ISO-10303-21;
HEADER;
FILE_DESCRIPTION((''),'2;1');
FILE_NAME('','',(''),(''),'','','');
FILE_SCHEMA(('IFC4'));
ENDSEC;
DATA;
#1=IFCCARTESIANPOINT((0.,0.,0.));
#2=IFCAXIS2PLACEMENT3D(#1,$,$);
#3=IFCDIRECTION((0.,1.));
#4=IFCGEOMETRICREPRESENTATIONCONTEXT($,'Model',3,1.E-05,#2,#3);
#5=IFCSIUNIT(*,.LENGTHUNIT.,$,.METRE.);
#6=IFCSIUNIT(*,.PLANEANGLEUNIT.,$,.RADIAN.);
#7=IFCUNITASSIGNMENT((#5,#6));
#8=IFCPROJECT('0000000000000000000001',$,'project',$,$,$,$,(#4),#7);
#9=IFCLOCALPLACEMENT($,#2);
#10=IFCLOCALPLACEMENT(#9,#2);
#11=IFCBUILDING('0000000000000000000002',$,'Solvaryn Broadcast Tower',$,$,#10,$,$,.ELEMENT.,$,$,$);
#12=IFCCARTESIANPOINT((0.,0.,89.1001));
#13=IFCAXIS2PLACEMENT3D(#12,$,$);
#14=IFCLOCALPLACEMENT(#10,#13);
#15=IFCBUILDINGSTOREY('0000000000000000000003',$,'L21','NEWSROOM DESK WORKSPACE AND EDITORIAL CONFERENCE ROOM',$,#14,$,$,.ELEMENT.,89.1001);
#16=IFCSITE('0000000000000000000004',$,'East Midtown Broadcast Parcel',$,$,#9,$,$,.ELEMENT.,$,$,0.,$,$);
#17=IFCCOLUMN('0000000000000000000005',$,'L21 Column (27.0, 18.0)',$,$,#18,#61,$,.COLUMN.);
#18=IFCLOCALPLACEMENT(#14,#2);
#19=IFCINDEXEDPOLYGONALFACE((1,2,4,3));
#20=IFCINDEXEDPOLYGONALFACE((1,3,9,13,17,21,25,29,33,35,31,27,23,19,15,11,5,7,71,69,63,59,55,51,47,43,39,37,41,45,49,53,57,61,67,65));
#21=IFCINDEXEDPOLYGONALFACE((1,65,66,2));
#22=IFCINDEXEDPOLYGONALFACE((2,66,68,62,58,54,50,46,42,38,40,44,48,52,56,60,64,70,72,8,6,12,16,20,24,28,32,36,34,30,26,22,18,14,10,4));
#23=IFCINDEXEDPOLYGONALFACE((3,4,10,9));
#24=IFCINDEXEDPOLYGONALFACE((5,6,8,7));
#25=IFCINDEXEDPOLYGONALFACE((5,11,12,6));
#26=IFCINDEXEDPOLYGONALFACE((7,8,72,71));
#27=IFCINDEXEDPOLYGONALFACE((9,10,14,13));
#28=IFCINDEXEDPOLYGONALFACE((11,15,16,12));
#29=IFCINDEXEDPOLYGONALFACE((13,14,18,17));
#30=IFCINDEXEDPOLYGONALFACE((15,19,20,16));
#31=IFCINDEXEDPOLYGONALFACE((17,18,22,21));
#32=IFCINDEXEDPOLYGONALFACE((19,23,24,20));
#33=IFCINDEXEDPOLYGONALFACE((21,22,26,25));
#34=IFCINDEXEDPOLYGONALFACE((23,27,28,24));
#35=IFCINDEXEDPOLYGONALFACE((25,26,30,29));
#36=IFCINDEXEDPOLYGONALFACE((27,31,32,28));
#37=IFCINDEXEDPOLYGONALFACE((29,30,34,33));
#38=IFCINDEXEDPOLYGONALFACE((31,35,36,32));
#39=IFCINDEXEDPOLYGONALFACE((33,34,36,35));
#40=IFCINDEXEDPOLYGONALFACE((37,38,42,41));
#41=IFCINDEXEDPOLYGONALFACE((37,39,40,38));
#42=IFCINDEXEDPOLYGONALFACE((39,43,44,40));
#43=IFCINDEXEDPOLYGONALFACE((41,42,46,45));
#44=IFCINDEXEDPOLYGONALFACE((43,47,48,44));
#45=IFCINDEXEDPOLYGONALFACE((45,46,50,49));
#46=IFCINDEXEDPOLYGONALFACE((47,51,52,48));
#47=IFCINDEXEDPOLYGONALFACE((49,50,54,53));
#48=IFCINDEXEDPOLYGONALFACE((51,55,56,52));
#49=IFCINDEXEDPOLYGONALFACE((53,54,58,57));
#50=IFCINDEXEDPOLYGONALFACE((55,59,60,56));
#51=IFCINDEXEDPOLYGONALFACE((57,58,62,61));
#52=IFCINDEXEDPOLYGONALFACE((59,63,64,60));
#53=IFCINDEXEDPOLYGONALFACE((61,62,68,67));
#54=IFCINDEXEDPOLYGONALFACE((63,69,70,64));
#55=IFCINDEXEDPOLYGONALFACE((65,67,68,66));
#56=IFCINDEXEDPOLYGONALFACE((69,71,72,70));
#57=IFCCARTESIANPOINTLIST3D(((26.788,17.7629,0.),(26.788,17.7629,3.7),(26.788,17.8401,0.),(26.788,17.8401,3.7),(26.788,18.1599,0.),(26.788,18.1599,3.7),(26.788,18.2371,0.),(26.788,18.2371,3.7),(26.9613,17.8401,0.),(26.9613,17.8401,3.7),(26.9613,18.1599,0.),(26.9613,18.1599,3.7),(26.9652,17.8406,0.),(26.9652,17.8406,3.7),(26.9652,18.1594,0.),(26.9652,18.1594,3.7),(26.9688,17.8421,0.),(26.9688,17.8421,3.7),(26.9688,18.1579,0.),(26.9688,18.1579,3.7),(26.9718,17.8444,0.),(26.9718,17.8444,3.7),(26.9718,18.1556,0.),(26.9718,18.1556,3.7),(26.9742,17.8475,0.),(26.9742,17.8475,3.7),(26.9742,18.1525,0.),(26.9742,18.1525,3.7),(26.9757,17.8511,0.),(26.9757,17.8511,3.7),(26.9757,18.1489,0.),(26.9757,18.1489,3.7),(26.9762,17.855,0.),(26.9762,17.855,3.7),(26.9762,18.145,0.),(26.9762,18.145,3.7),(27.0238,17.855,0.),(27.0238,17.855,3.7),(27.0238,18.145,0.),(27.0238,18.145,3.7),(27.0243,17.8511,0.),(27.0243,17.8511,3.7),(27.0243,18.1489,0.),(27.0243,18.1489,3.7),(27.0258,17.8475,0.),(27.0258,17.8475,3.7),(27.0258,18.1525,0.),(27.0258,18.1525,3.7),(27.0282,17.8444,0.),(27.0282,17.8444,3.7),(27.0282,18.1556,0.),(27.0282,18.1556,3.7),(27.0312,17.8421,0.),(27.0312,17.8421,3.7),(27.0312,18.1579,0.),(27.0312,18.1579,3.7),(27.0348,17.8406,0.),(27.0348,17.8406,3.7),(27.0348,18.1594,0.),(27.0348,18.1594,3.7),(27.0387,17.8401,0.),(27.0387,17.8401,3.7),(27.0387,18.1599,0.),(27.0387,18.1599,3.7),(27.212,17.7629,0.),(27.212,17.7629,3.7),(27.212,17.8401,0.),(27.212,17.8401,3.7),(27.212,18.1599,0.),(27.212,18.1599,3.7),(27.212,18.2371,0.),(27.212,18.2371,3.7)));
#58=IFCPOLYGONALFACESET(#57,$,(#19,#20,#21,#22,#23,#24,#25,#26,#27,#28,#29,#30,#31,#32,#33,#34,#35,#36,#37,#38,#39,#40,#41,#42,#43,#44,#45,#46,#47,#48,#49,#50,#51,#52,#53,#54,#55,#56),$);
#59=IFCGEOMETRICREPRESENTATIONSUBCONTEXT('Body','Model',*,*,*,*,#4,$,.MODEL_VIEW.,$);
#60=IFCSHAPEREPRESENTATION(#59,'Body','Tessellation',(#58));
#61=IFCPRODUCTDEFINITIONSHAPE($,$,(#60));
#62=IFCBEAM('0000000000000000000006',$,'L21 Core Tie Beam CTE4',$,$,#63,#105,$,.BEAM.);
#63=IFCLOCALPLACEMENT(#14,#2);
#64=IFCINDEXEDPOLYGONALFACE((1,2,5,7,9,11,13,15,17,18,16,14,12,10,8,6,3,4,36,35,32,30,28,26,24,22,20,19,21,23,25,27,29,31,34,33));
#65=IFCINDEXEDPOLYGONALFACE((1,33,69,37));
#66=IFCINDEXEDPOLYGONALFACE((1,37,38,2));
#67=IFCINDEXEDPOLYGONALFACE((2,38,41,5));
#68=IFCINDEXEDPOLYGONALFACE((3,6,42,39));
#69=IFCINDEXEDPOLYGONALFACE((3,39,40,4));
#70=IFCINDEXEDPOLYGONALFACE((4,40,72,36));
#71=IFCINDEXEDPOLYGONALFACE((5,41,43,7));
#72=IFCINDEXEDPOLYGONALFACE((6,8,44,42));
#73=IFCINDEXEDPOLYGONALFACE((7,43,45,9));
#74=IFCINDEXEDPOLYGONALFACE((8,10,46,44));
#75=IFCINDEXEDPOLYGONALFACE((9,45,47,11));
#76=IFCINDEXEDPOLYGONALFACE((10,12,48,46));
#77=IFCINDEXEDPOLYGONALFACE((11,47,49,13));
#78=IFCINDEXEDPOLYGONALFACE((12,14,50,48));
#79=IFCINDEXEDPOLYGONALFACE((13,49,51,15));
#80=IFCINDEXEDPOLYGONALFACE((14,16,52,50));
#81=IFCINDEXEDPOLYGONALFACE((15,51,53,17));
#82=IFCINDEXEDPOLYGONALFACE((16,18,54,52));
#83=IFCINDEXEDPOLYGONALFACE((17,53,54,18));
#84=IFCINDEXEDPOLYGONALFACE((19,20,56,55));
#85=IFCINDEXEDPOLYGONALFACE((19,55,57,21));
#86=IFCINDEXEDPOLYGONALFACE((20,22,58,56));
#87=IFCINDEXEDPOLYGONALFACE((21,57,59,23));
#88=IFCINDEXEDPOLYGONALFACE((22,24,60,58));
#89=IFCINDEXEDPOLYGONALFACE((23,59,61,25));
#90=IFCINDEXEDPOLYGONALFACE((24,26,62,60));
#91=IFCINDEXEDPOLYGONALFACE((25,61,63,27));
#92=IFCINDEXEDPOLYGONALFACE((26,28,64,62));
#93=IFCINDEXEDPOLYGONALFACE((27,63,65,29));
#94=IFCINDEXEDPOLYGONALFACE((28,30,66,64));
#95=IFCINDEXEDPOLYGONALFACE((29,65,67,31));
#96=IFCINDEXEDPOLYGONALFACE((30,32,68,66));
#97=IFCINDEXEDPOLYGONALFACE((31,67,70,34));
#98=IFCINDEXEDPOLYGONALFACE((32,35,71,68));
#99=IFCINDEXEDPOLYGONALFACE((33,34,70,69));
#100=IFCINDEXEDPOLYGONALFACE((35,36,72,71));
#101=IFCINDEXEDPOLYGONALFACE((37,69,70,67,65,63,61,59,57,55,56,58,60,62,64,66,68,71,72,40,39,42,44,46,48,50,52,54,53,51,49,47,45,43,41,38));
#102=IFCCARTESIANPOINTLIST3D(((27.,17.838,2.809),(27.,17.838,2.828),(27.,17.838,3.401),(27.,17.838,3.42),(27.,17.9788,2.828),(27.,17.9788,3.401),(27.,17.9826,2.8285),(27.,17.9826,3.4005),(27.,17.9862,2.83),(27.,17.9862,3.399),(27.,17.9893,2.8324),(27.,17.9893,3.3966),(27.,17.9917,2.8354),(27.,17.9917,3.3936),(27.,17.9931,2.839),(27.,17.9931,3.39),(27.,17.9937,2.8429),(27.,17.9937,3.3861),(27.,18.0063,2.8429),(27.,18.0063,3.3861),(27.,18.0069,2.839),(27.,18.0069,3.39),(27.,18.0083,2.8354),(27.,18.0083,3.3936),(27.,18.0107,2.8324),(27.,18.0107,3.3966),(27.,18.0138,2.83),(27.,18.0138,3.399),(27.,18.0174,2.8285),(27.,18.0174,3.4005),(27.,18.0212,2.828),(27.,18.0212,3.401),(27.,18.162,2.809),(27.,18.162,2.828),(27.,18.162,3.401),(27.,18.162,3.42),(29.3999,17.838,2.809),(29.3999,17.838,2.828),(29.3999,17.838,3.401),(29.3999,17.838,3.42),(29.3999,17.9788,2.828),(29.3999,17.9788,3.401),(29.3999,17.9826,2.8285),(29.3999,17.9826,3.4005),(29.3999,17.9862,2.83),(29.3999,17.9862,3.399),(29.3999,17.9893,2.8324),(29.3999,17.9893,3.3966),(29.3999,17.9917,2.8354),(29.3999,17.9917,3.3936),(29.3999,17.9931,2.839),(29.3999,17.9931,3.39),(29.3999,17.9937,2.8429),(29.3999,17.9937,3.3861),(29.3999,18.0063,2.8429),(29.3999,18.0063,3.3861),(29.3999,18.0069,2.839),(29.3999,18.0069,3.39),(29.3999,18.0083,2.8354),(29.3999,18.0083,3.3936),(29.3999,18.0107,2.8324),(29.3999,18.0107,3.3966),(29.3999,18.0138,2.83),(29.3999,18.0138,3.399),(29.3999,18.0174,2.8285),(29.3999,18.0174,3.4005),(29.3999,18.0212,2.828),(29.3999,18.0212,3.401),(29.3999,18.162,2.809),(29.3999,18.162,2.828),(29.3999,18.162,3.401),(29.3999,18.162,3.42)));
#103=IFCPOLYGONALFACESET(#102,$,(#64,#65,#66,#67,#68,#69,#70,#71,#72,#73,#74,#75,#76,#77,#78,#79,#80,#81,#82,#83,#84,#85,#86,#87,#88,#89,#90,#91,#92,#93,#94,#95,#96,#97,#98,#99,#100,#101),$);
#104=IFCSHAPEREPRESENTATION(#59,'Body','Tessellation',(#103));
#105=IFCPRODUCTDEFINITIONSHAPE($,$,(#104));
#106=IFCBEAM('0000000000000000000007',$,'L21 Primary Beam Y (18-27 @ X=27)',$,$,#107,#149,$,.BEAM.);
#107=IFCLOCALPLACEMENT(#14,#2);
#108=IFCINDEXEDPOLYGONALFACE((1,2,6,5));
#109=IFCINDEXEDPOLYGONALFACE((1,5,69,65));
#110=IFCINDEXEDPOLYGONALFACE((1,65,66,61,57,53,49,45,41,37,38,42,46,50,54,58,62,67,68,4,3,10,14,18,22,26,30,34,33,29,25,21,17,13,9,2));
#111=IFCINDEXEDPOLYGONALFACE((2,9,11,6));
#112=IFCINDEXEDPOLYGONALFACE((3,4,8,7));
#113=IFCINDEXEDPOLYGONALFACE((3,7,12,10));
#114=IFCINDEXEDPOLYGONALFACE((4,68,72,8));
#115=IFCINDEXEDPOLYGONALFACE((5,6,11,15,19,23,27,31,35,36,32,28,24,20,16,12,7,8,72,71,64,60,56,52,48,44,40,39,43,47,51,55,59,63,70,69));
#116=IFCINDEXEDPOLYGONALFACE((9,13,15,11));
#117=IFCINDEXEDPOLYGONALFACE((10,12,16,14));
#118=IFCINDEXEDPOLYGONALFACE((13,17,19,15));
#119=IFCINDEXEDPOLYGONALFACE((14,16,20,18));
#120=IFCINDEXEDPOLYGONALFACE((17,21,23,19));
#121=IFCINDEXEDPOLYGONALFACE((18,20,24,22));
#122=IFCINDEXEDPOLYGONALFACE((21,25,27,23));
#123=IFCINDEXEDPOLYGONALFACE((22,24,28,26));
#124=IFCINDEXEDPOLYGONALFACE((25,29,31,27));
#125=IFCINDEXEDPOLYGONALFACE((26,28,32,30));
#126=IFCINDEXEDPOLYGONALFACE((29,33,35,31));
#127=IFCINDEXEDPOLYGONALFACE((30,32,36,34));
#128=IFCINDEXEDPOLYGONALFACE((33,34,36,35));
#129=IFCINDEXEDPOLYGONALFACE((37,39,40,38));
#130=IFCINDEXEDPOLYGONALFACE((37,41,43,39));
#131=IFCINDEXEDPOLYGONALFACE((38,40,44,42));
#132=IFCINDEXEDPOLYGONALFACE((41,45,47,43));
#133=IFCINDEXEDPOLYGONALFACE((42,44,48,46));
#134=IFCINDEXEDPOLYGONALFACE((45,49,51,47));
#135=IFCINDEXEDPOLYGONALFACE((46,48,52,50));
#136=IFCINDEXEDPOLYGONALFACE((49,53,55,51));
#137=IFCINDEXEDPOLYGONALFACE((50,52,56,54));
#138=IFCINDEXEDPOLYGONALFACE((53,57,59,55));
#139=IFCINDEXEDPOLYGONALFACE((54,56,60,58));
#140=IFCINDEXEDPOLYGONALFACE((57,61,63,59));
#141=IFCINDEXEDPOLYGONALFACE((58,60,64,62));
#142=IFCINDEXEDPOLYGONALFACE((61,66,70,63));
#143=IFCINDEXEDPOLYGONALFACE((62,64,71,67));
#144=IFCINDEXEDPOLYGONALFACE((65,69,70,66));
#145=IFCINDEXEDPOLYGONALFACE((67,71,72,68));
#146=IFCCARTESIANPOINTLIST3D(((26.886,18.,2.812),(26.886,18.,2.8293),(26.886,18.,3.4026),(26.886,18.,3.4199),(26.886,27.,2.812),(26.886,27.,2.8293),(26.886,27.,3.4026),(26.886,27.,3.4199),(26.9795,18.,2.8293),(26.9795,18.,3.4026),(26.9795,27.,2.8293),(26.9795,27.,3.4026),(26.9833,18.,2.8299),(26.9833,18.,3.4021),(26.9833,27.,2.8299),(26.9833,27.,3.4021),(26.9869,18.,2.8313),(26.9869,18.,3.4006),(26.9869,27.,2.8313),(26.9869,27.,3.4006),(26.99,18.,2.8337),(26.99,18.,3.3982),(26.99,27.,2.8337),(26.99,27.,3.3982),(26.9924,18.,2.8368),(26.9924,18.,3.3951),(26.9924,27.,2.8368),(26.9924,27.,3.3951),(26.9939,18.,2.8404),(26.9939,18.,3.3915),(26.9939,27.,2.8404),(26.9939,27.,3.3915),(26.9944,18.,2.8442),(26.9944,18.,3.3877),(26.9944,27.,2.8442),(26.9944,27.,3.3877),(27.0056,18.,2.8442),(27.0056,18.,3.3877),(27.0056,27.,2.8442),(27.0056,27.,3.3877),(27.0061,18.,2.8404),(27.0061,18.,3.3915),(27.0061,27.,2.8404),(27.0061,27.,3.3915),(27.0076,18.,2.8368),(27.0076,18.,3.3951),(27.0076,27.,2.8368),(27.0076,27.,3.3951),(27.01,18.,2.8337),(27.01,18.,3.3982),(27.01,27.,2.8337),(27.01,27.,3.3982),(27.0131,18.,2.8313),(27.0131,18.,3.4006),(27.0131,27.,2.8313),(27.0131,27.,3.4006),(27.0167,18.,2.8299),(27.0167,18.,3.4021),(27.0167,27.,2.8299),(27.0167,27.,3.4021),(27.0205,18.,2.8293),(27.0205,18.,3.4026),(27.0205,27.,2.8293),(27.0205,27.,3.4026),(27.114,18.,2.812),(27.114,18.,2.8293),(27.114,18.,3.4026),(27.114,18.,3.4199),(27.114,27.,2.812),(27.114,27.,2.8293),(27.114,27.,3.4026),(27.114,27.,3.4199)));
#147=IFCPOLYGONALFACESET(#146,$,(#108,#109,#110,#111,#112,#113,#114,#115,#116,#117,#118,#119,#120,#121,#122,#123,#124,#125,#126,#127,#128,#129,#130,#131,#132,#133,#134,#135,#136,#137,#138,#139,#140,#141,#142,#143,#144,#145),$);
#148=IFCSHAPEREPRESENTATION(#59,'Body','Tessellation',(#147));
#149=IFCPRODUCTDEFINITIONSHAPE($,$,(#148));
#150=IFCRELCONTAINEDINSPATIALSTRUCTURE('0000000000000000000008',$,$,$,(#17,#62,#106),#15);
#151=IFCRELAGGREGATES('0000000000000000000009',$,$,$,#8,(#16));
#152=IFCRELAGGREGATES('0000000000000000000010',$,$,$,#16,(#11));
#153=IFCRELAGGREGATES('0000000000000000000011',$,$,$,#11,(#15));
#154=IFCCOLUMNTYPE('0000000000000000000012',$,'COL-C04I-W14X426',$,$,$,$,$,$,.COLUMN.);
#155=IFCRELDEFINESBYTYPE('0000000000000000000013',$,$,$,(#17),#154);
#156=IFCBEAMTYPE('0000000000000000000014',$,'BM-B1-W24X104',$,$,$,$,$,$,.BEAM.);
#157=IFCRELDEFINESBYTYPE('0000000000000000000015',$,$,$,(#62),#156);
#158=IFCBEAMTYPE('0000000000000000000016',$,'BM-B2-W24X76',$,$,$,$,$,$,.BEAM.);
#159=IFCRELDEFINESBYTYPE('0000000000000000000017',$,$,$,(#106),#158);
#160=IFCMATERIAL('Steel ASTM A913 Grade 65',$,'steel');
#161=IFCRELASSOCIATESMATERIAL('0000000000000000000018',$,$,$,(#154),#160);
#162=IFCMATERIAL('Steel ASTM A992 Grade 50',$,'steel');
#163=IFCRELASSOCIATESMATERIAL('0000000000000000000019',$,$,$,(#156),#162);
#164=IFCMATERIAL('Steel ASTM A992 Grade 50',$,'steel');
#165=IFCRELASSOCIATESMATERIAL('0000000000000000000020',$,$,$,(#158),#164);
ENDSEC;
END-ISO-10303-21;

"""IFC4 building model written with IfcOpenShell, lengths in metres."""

from ifc_helpers import new_model, si_unit, direction, frame, origin, origin_2d, place, context, subcontext, project, spatial, i_section, extrude, material, material_profile, profile_set, type_object, element, save


model = new_model("IFC4")

# Units and contexts
model_context = context("Model", 3, precision=1e-05, world=origin(), true_north=direction((0.0, 1.0)))
body_context = subcontext(model_context, "Body", "Model", "MODEL_VIEW")
ifc_project = project(units=[si_unit("LENGTHUNIT", "METRE"), si_unit("PLANEANGLEUNIT", "RADIAN")], contexts=[model_context])

# Site, building, storey
site_placement = place(None, origin())
site = spatial("IfcSite", under=ifc_project, at=site_placement, Name="East Midtown Broadcast Parcel", CompositionType="ELEMENT", RefElevation=0.0)
building_placement = place(site_placement, origin())
building = spatial("IfcBuilding", under=site, at=building_placement, Name="Solvaryn Broadcast Tower", CompositionType="ELEMENT")
storey_placement = place(building_placement, frame((0.0, 0.0, 89.1001)))
storey = spatial("IfcBuildingStorey", under=building, at=storey_placement, Name="L21", Description="NEWSROOM DESK WORKSPACE AND EDITORIAL CONFERENCE ROOM", CompositionType="ELEMENT", Elevation=89.1001)

# Column
ifc_material_1 = material(Name="Steel ASTM A913 Grade 65", Category="steel")
ifc_material_profile_1 = material_profile(ifc_material_1, i_section(OverallWidth=0.4241, OverallDepth=0.4741, WebThickness=0.0476, FlangeThickness=0.0771, FilletRadius=0.0149, at=origin_2d()))
ifc_profile_set_1 = profile_set([ifc_material_profile_1], Name="Steel ASTM A913 Grade 65")
column_type = type_object("IfcColumnType", Name="COL-C04I-W14X426", PredefinedType="COLUMN", material=ifc_profile_set_1)
column_placement = place(storey_placement, frame((27.0, 18.0, 0.0), z_axis=(0.0, 0.0, 1.0), x_axis=(1.0, 0.0, 0.0)))
element("IfcColumn", 1, at=column_placement, inside=storey, type_object=column_type, Name="L21 Column (27.0, 18.0)", PredefinedType="COLUMN", context=body_context, shape_type="SweptSolid", body=[
    extrude(i_section(OverallWidth=0.4241, OverallDepth=0.4741, WebThickness=0.0476, FlangeThickness=0.0771, FilletRadius=0.0149, at=origin_2d()), origin(), (0.0, 0.0, 1.0), 3.7),
])

# Beams
ifc_material_2 = material(Name="Steel ASTM A992 Grade 50", Category="steel")
ifc_material_profile_2 = material_profile(ifc_material_2, i_section(OverallWidth=0.324, OverallDepth=0.6111, WebThickness=0.0127, FlangeThickness=0.019, FilletRadius=0.0149, at=origin_2d()))
ifc_profile_set_2 = profile_set([ifc_material_profile_2], Name="Steel ASTM A992 Grade 50")
beam_type_1 = type_object("IfcBeamType", Name="BM-B1-W24X104", PredefinedType="BEAM", material=ifc_profile_set_2)
beam_1_placement = place(storey_placement, frame((27.0, 18.0, 3.1145), z_axis=(1.0, 0.0, 0.0), x_axis=(0.0, 1.0, 0.0)))
element("IfcBeam", 2, at=beam_1_placement, inside=storey, type_object=beam_type_1, Name="L21 Core Tie Beam CTE4", PredefinedType="BEAM", context=body_context, shape_type="SweptSolid", body=[
    extrude(i_section(OverallWidth=0.324, OverallDepth=0.6111, WebThickness=0.0127, FlangeThickness=0.019, FilletRadius=0.0149, at=origin_2d()), origin(), (0.0, 0.0, 1.0), 2.3999),
])
ifc_material_3 = material(Name="Steel ASTM A992 Grade 50", Category="steel")
ifc_material_profile_3 = material_profile(ifc_material_3, i_section(OverallWidth=0.228, OverallDepth=0.6079, WebThickness=0.0112, FlangeThickness=0.0173, FilletRadius=0.0149, at=origin_2d()))
ifc_profile_set_3 = profile_set([ifc_material_profile_3], Name="Steel ASTM A992 Grade 50")
beam_type_2 = type_object("IfcBeamType", Name="BM-B2-W24X76", PredefinedType="BEAM", material=ifc_profile_set_3)
beam_2_placement = place(storey_placement, frame((27.0, 18.0, 3.116), z_axis=(0.0, 1.0, 0.0), x_axis=(-1.0, 0.0, 0.0)))
element("IfcBeam", 3, at=beam_2_placement, inside=storey, type_object=beam_type_2, Name="L21 Primary Beam Y (18-27 @ X=27)", PredefinedType="BEAM", context=body_context, shape_type="SweptSolid", body=[
    extrude(i_section(OverallWidth=0.228, OverallDepth=0.6079, WebThickness=0.0112, FlangeThickness=0.0173, FilletRadius=0.0149, at=origin_2d()), origin(), (0.0, 0.0, 1.0), 9.0),
])

save(model, "model.ifc")
